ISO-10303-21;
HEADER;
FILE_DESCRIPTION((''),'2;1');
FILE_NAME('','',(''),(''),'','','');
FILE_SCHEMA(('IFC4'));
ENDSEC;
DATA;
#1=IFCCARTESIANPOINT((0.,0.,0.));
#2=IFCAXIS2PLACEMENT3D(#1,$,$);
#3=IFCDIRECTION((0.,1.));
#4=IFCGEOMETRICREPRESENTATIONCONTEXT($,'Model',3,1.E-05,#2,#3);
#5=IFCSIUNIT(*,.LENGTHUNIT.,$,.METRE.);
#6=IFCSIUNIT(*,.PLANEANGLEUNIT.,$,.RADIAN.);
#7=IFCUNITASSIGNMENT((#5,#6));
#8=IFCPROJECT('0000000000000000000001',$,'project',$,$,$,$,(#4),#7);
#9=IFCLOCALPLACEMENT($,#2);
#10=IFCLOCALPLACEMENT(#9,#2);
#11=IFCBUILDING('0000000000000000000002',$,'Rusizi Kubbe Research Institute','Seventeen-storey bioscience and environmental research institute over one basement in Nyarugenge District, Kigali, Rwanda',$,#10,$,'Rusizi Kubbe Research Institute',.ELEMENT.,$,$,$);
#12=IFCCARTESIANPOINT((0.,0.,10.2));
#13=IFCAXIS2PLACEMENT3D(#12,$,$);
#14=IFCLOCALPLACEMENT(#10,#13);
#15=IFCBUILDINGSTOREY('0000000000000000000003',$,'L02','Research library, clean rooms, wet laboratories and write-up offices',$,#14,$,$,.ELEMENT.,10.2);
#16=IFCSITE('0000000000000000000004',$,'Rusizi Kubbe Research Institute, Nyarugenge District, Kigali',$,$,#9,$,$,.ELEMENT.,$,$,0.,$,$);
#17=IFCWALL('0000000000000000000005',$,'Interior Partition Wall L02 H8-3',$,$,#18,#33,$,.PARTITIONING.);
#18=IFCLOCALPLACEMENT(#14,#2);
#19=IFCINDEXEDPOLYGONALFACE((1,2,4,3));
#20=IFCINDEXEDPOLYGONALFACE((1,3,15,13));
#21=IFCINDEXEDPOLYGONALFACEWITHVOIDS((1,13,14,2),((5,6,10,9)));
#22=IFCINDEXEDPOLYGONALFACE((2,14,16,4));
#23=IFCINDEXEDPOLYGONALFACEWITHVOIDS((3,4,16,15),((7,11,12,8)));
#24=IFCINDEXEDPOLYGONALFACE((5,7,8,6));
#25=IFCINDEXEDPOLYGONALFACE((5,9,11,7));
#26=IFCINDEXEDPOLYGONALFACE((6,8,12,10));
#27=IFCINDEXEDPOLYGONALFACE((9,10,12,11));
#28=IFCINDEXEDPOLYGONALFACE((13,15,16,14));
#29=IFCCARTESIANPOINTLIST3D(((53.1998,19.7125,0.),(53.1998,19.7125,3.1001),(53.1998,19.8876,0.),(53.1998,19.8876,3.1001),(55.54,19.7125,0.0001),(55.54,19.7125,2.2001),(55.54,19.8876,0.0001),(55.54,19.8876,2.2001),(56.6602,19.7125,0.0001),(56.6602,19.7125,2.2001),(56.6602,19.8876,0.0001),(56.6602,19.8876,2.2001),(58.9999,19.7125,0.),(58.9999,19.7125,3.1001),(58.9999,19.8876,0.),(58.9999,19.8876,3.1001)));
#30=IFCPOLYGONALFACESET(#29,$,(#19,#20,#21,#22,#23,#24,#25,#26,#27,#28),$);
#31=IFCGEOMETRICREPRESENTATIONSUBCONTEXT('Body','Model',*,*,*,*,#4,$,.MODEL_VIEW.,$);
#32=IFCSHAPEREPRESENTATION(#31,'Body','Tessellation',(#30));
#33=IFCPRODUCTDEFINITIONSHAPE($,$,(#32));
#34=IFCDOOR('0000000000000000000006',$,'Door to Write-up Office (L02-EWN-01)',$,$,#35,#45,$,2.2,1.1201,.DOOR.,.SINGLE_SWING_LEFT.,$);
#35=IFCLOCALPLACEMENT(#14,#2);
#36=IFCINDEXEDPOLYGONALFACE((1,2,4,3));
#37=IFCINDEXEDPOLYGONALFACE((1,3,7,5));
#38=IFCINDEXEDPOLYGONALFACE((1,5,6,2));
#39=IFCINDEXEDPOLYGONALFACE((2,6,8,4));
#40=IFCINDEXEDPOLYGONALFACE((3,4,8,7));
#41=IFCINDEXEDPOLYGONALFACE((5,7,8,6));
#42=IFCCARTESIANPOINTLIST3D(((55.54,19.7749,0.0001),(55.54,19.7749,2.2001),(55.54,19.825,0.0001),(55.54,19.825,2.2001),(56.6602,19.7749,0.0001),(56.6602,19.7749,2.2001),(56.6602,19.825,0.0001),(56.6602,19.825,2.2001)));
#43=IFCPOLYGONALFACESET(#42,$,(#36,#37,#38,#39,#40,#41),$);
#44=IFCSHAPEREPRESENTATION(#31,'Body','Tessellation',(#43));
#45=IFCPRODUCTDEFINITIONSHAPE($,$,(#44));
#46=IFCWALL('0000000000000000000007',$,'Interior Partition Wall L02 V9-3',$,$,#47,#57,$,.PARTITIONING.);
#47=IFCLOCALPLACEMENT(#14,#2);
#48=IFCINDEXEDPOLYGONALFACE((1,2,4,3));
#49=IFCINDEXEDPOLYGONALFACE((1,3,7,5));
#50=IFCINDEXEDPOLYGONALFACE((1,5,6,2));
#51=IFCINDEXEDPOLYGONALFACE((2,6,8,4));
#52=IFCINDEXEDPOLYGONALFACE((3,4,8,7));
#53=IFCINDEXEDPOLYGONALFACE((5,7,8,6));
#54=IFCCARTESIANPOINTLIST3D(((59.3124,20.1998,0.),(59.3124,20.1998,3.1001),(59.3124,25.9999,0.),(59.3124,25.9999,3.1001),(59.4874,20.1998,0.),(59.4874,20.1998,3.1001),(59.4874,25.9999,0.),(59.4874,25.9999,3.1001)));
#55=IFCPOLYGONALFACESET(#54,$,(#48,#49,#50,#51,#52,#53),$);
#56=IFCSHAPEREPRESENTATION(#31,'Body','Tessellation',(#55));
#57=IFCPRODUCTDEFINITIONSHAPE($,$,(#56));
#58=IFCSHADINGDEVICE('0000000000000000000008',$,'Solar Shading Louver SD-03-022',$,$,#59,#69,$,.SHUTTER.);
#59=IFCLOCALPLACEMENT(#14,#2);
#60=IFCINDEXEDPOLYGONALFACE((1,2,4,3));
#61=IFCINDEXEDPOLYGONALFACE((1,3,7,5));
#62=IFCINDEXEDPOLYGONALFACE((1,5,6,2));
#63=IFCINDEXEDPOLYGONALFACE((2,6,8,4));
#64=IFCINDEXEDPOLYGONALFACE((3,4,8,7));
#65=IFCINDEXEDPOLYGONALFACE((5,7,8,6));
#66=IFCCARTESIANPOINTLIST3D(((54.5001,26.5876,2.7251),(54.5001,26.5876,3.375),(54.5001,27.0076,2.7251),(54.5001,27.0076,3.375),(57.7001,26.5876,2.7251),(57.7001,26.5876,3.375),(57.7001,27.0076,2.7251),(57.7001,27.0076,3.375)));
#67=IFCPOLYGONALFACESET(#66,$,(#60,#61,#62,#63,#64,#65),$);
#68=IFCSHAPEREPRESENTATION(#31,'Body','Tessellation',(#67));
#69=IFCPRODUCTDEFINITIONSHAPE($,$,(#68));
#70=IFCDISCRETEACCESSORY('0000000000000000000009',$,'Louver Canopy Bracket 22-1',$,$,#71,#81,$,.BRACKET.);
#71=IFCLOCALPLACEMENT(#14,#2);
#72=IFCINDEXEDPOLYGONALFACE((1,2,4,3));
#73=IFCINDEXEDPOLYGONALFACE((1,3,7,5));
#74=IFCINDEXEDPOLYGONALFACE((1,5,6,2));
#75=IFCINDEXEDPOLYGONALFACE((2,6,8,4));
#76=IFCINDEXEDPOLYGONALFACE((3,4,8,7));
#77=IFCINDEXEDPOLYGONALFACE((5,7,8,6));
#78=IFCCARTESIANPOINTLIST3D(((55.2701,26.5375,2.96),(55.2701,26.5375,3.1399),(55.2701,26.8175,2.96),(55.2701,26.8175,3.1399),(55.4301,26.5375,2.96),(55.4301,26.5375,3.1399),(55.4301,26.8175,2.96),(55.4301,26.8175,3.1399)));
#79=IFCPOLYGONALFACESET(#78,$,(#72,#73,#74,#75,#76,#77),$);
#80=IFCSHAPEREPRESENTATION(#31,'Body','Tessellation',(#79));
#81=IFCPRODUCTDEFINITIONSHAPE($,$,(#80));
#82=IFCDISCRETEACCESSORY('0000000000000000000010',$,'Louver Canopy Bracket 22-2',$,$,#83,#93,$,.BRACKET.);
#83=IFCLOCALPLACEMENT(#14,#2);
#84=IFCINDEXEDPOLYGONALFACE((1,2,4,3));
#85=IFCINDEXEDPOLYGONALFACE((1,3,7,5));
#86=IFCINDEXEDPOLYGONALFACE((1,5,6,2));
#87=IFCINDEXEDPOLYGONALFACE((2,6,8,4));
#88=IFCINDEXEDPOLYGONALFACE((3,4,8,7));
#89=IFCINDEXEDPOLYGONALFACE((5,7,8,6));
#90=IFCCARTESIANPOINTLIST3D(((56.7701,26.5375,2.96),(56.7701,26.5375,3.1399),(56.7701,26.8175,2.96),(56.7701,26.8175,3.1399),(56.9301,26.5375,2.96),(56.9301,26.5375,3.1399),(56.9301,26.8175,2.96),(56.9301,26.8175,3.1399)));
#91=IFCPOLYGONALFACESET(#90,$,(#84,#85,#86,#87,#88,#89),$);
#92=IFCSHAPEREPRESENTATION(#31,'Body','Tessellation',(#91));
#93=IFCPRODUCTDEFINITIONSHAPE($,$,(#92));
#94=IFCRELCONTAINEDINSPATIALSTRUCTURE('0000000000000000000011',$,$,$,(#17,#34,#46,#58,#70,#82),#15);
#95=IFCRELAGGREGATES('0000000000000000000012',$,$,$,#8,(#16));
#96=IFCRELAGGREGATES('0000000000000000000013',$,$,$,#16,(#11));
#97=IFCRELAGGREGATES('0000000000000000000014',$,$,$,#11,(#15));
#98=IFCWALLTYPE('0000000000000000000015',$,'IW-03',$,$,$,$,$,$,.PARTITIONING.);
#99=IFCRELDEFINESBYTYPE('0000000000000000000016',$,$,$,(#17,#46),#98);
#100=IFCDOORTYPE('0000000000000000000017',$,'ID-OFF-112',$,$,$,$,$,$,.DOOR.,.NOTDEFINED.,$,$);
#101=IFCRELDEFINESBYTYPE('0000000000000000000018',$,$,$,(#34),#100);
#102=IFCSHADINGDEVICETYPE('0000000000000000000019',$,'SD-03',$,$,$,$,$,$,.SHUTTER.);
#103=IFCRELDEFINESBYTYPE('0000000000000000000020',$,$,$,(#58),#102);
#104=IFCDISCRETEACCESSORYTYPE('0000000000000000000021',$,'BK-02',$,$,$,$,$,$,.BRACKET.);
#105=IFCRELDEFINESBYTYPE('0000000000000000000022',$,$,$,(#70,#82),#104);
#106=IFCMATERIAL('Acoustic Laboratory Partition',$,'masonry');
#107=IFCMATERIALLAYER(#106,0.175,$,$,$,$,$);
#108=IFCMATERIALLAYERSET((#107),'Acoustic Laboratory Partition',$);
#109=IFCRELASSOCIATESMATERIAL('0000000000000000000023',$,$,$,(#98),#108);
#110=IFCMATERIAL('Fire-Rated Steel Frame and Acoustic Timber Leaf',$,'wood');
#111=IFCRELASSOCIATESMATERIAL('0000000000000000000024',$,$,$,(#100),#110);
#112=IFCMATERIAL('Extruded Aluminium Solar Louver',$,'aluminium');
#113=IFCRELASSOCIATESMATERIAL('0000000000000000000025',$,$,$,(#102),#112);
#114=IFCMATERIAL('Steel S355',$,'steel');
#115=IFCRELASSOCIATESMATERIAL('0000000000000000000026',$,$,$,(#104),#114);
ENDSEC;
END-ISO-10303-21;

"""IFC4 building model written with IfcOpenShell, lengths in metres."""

from ifc_helpers import new_model, si_unit, direction, frame, frame_2d, origin, origin_2d, place, context, subcontext, project, spatial, rectangle, extrude, material, layer, layer_set, type_object, element, fill, save


model = new_model("IFC4")

# Units and contexts
model_context = context("Model", 3, precision=1e-05, world=origin(), true_north=direction((0.0, 1.0)))
body_context = subcontext(model_context, "Body", "Model", "MODEL_VIEW")
ifc_project = project(units=[si_unit("LENGTHUNIT", "METRE"), si_unit("PLANEANGLEUNIT", "RADIAN")], contexts=[model_context])

# Site, building, storey
site_placement = place(None, origin())
site = spatial("IfcSite", under=ifc_project, at=site_placement, Name="Rusizi Kubbe Research Institute, Nyarugenge District, Kigali", CompositionType="ELEMENT", RefElevation=0.0)
building_placement = place(site_placement, origin())
building = spatial("IfcBuilding", under=site, at=building_placement, Name="Rusizi Kubbe Research Institute", Description="Seventeen-storey bioscience and environmental research institute over one basement in Nyarugenge District, Kigali, Rwanda", LongName="Rusizi Kubbe Research Institute", CompositionType="ELEMENT")
storey_placement = place(building_placement, frame((0.0, 0.0, 10.2)))
storey = spatial("IfcBuildingStorey", under=building, at=storey_placement, Name="L02", Description="Research library, clean rooms, wet laboratories and write-up offices", CompositionType="ELEMENT", Elevation=10.2)

# Wall, opening, door
ifc_material_1 = material(Name="Acoustic Laboratory Partition", Category="masonry")
ifc_layer_1 = layer(ifc_material_1, 0.175)
ifc_layer_set_1 = layer_set([ifc_layer_1], Name="Acoustic Laboratory Partition")
wall_type_1 = type_object("IfcWallType", Name="IW-03", PredefinedType="PARTITIONING", material=ifc_layer_set_1)
wall_1_placement = place(storey_placement, frame((53.2, 19.8, 0.0), z_axis=(0.0, 0.0, 1.0), x_axis=(1.0, 0.0, 0.0)))
wall_1 = element("IfcWall", 1, at=wall_1_placement, inside=storey, type_object=wall_type_1, Name="Interior Partition Wall L02 H8-3", PredefinedType="PARTITIONING", context=body_context, shape_type="SweptSolid", body=[
    extrude(rectangle(XDim=5.8, YDim=0.175, at=frame_2d((2.8999, 0.0))), origin(), (0.0, 0.0, 1.0), 3.1001),
])
opening_1_placement = place(wall_1_placement, frame((2.3401, 0.0, 0.0)))
opening_1 = element("IfcOpeningElement", 2, at=opening_1_placement, cuts=wall_1, PredefinedType="OPENING", context=body_context, shape_type="SweptSolid", body=[
    extrude(rectangle(XDim=1.1201, YDim=2.2, at=frame_2d((0.5601, 1.1001))), frame((0.0, 0.0974, 0.0), z_axis=(0.0, -1.0, 0.0), x_axis=(1.0, 0.0, 0.0)), (0.0, 0.0, 1.0), 0.1951),
])
ifc_material_2 = material(Name="Fire-Rated Steel Frame and Acoustic Timber Leaf", Category="wood")
door_type = type_object("IfcDoorType", Name="ID-OFF-112", OperationType="NOTDEFINED", PredefinedType="DOOR", material=ifc_material_2)
door_placement = place(opening_1_placement, origin())
door = element("IfcDoor", 3, at=door_placement, inside=storey, type_object=door_type, Name="Door to Write-up Office (L02-EWN-01)", OperationType="SINGLE_SWING_LEFT", OverallHeight=2.2, OverallWidth=1.1201, PredefinedType="DOOR", context=body_context, shape_type="SweptSolid", body=[
    extrude(rectangle(XDim=1.1201, YDim=2.2, at=frame_2d((0.5601, 1.1001))), frame((0.0, 0.0249, 0.0), z_axis=(0.0, -1.0, 0.0), x_axis=(1.0, 0.0, 0.0)), (0.0, 0.0, 1.0), 0.05),
])
fill(opening_1, door)

# Wall
wall_2_placement = place(storey_placement, frame((59.3999, 20.2, 0.0), z_axis=(0.0, 0.0, 1.0), x_axis=(0.0, 1.0, 0.0)))
element("IfcWall", 4, at=wall_2_placement, inside=storey, type_object=wall_type_1, Name="Interior Partition Wall L02 V9-3", PredefinedType="PARTITIONING", context=body_context, shape_type="SweptSolid", body=[
    extrude(rectangle(XDim=5.8, YDim=0.175, at=frame_2d((2.8999, 0.0))), origin(), (0.0, 0.0, 1.0), 3.1001),
])

# Shading device
ifc_material_3 = material(Name="Extruded Aluminium Solar Louver", Category="aluminium")
shading_device_type = type_object("IfcShadingDeviceType", Name="SD-03", PredefinedType="SHUTTER", material=ifc_material_3)
shading_device_placement = place(storey_placement, frame((56.1001, 26.7976, 2.7251), z_axis=(0.0, 0.0, 1.0), x_axis=(1.0, 0.0, 0.0)))
element("IfcShadingDevice", 5, at=shading_device_placement, inside=storey, type_object=shading_device_type, Name="Solar Shading Louver SD-03-022", PredefinedType="SHUTTER", context=body_context, shape_type="SweptSolid", body=[
    extrude(rectangle(XDim=3.2, YDim=0.4199, at=origin_2d()), origin(), (0.0, 0.0, 1.0), 0.6499),
])

# Discrete accessories
ifc_material_4 = material(Name="Steel S355", Category="steel")
discrete_accessory_type = type_object("IfcDiscreteAccessoryType", Name="BK-02", PredefinedType="BRACKET", material=ifc_material_4)
for number, where, z_axis, x_axis, name in (
    (6, (55.3501, 26.6775, 2.96), (0.0, 0.0, 1.0), (1.0, 0.0, 0.0), "Louver Canopy Bracket 22-1"),
    (7, (56.8501, 26.6775, 2.96), (0.0, 0.0, 1.0), (1.0, 0.0, 0.0), "Louver Canopy Bracket 22-2"),
):
    element("IfcDiscreteAccessory", number, at=place(storey_placement, frame(where, z_axis=z_axis, x_axis=x_axis)), inside=storey, type_object=discrete_accessory_type, Name=name, PredefinedType="BRACKET", context=body_context, shape_type="SweptSolid", body=[
        extrude(rectangle(XDim=0.1599, YDim=0.28, at=origin_2d()), origin(), (0.0, 0.0, 1.0), 0.1799),
    ])

save(model, "model.ifc")
